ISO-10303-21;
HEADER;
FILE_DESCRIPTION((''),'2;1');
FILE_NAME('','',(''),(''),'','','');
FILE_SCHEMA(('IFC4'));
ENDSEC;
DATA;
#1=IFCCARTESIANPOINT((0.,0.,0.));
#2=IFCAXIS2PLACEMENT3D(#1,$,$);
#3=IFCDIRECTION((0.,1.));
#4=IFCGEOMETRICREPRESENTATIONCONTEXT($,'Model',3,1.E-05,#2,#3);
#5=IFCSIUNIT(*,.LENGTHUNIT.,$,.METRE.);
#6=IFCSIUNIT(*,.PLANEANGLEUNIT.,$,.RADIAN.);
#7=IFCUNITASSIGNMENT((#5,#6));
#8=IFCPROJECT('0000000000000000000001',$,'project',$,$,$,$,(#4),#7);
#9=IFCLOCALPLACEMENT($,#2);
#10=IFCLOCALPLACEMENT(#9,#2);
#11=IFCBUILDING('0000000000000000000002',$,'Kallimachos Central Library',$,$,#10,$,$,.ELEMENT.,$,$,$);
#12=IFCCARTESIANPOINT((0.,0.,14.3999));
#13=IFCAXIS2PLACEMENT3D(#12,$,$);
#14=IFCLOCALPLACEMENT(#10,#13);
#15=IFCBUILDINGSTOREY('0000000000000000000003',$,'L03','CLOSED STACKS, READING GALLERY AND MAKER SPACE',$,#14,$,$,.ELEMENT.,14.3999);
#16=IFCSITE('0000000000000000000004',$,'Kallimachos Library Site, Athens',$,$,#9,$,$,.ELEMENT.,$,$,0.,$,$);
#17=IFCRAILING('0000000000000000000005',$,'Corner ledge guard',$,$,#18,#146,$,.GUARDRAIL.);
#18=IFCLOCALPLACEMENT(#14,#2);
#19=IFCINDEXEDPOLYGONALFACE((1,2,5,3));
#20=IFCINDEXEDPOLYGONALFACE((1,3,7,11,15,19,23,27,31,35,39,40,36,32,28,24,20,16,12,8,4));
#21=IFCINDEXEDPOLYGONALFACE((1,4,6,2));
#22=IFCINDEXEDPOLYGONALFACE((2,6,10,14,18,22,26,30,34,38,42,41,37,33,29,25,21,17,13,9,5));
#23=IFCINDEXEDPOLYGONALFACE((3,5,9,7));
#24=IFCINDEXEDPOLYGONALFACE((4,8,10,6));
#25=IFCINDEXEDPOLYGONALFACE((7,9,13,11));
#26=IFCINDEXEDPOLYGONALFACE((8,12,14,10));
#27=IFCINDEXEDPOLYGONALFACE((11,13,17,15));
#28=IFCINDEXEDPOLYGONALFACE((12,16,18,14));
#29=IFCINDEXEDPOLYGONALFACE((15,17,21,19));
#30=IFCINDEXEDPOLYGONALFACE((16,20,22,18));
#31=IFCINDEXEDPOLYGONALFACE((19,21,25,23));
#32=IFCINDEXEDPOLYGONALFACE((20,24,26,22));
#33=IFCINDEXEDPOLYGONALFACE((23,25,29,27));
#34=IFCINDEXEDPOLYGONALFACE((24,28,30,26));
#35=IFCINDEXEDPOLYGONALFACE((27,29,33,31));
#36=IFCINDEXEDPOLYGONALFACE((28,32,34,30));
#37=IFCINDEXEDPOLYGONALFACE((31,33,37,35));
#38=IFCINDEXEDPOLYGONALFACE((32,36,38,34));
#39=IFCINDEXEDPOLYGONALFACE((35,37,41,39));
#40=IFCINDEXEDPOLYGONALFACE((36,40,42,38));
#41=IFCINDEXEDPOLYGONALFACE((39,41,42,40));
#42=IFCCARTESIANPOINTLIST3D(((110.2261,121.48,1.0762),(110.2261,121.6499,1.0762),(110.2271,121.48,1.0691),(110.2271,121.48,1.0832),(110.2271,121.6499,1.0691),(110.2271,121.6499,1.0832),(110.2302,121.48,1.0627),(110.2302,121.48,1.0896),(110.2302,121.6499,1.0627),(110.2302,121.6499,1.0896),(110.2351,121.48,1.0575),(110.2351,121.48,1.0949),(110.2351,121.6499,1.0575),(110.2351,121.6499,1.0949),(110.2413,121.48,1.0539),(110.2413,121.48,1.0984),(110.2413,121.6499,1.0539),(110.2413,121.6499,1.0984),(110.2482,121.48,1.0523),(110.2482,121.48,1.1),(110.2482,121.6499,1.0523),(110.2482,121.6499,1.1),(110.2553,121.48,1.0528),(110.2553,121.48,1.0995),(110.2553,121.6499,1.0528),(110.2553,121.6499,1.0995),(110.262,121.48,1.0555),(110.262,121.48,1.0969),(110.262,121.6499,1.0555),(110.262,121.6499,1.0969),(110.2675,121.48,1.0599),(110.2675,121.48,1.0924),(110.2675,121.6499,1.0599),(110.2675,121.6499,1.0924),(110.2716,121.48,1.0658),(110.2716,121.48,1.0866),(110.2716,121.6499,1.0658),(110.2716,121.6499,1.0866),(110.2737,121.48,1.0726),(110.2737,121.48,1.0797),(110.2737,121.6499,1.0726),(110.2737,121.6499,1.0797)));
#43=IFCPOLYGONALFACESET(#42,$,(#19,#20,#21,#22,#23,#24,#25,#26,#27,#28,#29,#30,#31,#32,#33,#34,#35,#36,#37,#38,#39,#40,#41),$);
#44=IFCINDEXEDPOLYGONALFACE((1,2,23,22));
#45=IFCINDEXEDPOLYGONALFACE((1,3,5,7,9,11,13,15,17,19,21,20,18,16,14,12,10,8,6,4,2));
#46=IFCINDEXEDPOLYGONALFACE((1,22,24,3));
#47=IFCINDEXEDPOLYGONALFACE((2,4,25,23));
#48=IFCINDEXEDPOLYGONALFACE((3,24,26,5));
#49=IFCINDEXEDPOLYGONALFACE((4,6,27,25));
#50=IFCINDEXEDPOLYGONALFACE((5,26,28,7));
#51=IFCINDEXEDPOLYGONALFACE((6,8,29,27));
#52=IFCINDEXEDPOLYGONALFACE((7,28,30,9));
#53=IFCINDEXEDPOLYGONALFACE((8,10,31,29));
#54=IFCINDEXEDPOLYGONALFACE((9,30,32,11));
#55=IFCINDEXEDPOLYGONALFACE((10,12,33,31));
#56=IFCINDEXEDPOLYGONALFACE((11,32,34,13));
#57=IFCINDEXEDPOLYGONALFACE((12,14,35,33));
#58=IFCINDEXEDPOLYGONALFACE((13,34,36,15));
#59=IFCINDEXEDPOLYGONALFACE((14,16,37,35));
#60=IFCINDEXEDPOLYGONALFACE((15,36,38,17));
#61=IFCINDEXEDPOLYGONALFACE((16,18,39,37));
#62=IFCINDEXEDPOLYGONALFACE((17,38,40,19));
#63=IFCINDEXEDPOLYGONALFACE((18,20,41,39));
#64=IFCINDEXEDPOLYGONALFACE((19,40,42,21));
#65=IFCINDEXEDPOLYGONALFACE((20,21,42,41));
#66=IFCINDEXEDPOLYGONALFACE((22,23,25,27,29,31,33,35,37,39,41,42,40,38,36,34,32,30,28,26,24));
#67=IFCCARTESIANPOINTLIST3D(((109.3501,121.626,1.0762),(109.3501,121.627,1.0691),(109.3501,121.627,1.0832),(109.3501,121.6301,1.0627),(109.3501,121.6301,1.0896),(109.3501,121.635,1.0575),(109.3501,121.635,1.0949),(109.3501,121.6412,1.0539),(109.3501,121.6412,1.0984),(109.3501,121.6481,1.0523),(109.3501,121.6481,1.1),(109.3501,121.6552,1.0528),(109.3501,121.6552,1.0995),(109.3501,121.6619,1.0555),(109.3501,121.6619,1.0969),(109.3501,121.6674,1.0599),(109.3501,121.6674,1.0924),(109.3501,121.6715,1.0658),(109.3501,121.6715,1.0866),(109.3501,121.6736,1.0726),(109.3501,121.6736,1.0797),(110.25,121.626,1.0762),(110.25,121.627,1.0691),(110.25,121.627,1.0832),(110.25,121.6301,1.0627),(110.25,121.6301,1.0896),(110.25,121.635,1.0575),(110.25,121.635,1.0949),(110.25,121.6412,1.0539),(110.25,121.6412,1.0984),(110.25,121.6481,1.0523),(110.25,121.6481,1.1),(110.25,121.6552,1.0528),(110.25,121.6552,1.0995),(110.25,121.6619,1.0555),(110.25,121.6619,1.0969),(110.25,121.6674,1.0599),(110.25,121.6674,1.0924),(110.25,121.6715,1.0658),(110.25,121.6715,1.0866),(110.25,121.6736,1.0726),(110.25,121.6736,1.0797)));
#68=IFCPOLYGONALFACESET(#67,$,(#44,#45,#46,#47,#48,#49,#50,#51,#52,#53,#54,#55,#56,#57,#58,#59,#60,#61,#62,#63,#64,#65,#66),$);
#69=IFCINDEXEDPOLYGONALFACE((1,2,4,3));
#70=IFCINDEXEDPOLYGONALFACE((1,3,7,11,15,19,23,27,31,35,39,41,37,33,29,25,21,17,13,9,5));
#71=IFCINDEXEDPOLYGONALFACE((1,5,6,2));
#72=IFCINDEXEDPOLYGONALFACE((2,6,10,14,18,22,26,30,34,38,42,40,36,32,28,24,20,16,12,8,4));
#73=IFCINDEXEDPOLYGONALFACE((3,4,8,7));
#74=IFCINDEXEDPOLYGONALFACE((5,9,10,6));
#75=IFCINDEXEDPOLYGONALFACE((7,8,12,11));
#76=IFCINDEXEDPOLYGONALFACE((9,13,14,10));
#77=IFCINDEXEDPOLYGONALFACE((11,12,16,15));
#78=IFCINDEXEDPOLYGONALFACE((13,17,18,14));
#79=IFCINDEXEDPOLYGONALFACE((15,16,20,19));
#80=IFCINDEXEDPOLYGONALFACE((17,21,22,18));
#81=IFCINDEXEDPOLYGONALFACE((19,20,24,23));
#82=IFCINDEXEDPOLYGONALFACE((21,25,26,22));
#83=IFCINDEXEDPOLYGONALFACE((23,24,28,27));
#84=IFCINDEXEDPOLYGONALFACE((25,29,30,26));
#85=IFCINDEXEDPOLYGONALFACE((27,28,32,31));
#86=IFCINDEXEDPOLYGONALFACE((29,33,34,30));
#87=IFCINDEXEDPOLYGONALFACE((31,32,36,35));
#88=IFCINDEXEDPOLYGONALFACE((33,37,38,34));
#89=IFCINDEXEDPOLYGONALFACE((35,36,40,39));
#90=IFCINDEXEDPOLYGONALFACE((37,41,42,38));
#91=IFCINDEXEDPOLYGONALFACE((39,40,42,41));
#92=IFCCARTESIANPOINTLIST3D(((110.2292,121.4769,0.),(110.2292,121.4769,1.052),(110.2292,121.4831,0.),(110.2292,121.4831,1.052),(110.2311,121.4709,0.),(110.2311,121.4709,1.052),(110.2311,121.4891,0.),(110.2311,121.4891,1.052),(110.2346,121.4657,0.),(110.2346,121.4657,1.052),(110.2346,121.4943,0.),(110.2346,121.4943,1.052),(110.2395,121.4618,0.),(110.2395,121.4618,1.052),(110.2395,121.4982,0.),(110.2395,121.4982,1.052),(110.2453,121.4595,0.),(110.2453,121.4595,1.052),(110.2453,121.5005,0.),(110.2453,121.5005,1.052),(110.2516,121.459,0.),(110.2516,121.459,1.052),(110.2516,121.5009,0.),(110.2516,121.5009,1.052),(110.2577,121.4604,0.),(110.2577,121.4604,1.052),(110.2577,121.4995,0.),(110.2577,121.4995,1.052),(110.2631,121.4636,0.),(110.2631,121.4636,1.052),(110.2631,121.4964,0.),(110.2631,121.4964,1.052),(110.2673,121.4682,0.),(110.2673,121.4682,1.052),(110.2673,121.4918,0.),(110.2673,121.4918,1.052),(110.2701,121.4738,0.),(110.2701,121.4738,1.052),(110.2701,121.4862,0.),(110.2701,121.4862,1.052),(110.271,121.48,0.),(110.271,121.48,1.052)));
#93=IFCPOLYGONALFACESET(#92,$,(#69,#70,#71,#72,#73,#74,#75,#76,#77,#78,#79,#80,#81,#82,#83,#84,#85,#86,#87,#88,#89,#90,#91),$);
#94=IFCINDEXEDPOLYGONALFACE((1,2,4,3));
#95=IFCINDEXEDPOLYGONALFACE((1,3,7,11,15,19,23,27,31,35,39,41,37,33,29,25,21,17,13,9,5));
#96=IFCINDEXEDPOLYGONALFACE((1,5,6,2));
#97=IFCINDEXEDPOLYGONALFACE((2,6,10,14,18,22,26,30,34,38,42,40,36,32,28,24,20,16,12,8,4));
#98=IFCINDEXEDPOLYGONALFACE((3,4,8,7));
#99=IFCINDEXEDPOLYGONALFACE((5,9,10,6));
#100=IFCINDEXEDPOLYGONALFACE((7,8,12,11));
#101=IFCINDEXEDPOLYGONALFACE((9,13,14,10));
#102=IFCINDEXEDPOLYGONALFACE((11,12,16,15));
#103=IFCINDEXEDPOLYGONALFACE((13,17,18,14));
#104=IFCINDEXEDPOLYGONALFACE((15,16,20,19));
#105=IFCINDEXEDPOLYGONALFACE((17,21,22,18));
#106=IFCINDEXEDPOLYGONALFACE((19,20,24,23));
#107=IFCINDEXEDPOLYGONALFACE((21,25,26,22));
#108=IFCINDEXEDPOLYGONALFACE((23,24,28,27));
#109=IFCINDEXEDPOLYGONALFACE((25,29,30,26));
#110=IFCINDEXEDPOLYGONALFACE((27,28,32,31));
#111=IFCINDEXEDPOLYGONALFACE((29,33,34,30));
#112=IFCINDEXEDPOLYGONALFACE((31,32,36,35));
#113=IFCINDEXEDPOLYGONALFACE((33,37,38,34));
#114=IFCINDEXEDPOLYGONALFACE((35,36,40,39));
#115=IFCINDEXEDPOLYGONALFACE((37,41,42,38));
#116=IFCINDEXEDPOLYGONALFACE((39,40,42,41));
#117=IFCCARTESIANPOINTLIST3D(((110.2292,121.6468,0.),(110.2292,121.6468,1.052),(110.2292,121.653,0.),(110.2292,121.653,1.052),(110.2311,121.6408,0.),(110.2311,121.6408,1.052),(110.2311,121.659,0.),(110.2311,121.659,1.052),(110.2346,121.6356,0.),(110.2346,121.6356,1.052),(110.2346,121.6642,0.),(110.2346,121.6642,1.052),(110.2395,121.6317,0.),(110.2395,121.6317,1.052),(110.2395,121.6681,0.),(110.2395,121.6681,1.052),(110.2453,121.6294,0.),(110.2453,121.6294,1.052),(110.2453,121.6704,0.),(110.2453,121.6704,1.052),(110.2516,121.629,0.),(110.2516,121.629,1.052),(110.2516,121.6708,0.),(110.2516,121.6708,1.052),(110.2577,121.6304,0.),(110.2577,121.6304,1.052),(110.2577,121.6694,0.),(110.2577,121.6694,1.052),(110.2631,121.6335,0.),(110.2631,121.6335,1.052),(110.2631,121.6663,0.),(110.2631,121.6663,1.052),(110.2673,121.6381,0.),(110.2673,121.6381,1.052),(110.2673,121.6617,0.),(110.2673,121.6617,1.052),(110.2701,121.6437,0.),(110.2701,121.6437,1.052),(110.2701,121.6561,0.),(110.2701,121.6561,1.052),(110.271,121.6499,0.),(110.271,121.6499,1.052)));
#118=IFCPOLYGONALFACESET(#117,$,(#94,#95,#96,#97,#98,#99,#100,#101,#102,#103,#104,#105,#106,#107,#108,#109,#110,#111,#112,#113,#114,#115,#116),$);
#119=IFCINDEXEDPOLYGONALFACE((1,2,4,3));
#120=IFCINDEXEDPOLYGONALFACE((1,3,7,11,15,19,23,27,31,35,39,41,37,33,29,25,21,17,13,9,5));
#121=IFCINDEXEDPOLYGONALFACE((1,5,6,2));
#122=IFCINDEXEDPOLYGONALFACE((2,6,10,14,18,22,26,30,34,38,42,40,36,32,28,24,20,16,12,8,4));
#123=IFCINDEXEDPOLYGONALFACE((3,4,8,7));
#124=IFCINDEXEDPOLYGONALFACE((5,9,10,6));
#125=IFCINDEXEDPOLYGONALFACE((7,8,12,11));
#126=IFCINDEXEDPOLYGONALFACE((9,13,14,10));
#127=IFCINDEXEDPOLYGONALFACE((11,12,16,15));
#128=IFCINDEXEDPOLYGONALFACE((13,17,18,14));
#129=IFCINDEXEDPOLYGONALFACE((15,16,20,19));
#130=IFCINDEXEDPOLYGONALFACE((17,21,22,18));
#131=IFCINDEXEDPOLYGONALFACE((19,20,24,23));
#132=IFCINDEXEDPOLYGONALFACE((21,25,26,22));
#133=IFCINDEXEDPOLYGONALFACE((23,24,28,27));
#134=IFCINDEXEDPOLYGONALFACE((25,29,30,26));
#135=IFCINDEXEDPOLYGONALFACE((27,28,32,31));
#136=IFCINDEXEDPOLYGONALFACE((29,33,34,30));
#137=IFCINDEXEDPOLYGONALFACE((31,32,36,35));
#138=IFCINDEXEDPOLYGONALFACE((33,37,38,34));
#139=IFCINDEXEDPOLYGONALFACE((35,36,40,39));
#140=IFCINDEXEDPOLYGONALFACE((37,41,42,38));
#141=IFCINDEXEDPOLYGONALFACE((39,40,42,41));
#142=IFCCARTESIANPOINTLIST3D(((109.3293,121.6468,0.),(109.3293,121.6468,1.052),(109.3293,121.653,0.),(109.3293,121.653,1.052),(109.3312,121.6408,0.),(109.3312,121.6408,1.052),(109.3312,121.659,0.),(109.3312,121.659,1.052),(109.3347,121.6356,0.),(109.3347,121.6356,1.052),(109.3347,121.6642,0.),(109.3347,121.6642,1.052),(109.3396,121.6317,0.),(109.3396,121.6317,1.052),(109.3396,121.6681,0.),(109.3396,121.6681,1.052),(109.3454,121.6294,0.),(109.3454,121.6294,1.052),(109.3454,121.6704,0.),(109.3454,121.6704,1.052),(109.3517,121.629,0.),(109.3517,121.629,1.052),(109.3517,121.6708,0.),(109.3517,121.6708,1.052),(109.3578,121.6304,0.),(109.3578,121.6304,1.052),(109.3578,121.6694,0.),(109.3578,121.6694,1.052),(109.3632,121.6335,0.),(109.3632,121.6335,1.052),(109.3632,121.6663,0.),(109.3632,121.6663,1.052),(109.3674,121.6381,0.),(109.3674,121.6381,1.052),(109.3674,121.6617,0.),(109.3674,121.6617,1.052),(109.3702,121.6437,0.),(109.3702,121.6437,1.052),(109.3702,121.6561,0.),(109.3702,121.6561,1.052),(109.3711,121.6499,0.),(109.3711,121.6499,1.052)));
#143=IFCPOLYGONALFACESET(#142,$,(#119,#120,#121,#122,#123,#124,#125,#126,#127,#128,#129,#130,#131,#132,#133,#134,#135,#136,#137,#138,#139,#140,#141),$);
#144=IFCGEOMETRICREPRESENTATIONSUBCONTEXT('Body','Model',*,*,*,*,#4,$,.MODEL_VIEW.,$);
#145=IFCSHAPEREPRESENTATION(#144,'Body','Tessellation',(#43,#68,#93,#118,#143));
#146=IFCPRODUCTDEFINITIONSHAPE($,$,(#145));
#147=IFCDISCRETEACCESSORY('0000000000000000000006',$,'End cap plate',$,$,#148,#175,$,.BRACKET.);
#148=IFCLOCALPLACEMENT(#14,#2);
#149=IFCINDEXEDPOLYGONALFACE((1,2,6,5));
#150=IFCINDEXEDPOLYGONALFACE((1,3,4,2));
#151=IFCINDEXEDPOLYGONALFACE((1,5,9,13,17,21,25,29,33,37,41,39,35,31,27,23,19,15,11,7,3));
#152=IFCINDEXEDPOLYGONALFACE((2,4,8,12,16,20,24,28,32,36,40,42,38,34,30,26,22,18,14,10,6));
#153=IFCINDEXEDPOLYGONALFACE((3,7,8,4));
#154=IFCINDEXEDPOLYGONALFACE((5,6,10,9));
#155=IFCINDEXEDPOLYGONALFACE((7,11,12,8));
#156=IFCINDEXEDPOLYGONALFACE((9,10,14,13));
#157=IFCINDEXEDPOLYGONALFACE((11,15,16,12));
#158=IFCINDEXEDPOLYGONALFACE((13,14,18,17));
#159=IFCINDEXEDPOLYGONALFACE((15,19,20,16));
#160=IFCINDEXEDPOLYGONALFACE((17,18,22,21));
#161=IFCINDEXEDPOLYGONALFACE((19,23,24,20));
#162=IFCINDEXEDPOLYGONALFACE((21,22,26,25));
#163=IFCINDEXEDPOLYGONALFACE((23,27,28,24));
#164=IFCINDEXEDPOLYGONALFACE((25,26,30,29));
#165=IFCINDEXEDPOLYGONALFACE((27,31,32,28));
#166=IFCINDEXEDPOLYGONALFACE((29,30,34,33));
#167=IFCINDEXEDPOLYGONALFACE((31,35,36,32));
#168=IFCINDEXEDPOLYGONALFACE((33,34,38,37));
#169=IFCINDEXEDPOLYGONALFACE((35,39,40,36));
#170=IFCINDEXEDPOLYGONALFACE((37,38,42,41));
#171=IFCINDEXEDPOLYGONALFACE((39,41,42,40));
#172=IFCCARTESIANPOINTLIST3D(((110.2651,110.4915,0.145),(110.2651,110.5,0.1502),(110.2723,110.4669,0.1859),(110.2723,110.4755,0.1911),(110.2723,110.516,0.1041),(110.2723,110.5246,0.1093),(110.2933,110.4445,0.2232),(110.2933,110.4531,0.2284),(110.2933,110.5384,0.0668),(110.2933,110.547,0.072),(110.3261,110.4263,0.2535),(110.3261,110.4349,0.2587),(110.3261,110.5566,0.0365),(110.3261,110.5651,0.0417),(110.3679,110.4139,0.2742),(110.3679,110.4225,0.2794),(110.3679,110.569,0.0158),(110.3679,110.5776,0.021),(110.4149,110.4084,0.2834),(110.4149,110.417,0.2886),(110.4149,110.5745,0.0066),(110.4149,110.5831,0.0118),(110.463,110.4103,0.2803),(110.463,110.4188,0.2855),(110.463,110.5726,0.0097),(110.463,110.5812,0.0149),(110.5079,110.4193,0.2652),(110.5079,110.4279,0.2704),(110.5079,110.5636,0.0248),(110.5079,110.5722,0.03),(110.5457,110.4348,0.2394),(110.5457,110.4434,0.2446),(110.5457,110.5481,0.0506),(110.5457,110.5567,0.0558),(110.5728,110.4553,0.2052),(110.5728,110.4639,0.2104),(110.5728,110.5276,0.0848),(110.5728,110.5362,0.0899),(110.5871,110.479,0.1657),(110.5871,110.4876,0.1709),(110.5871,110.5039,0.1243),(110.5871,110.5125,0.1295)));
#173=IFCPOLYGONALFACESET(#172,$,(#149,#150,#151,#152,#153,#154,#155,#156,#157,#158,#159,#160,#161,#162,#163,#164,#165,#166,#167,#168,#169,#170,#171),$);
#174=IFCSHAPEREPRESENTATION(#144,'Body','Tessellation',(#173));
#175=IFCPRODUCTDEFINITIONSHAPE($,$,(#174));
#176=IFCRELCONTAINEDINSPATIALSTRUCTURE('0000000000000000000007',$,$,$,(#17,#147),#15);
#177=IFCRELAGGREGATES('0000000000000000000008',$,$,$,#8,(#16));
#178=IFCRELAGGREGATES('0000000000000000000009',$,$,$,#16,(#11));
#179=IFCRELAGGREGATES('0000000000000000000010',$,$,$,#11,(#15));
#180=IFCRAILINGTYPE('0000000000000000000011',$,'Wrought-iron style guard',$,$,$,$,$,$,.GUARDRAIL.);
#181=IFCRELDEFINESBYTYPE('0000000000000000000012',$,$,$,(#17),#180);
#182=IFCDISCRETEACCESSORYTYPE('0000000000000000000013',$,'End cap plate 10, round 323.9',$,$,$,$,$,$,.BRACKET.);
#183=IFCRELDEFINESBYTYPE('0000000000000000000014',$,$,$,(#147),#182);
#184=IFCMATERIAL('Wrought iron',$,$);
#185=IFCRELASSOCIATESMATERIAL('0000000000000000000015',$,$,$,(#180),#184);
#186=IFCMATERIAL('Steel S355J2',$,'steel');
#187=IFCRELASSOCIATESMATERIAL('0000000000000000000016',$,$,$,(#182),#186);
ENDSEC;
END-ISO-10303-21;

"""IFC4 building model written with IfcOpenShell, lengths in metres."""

from ifc_helpers import new_model, si_unit, direction, frame, origin, origin_2d, place, context, subcontext, project, spatial, circle, extrude, material, material_profile, profile_set, type_object, element, save


model = new_model("IFC4")

# Units and contexts
model_context = context("Model", 3, precision=1e-05, world=origin(), true_north=direction((0.0, 1.0)))
body_context = subcontext(model_context, "Body", "Model", "MODEL_VIEW")
ifc_project = project(units=[si_unit("LENGTHUNIT", "METRE"), si_unit("PLANEANGLEUNIT", "RADIAN")], contexts=[model_context])

# Site, building, storey
site_placement = place(None, origin())
site = spatial("IfcSite", under=ifc_project, at=site_placement, Name="Kallimachos Library Site, Athens", CompositionType="ELEMENT", RefElevation=0.0)
building_placement = place(site_placement, origin())
building = spatial("IfcBuilding", under=site, at=building_placement, Name="Kallimachos Central Library", CompositionType="ELEMENT")
storey_placement = place(building_placement, frame((0.0, 0.0, 14.3999)))
storey = spatial("IfcBuildingStorey", under=building, at=storey_placement, Name="L03", Description="CLOSED STACKS, READING GALLERY AND MAKER SPACE", CompositionType="ELEMENT", Elevation=14.3999)

# Railing
ifc_material_1 = material(Name="Wrought iron")
railing_type = type_object("IfcRailingType", Name="Wrought-iron style guard", PredefinedType="GUARDRAIL", material=ifc_material_1)
railing_placement = place(storey_placement, frame((110.25, 121.48, 0.0)))
element("IfcRailing", 1, at=railing_placement, inside=storey, type_object=railing_type, Name="Corner ledge guard", PredefinedType="GUARDRAIL", context=body_context, shape_type="SweptSolid", body=[
    extrude(circle(Radius=0.0239, at=origin_2d()), frame((0.0, 0.0, 1.0762), z_axis=(0.0, 1.0, 0.0), x_axis=(-1.0, 0.0, 0.0)), (0.0, 0.0, 1.0), 0.1699),
    extrude(circle(Radius=0.0239, at=origin_2d()), frame((0.0, 0.1699, 1.0762), z_axis=(-1.0, 0.0, 0.0), x_axis=(0.0, -1.0, 0.0)), (0.0, 0.0, 1.0), 0.8999),
    extrude(circle(Radius=0.021, at=origin_2d()), origin(), (0.0, 0.0, 1.0), 1.052),
    extrude(circle(Radius=0.021, at=origin_2d()), frame((0.0, 0.1699, 0.0)), (0.0, 0.0, 1.0), 1.052),
    extrude(circle(Radius=0.021, at=origin_2d()), frame((-0.8999, 0.1699, 0.0)), (0.0, 0.0, 1.0), 1.052),
])

# Discrete accessory
ifc_material_2 = material(Name="Steel S355J2", Category="steel")
ifc_material_profile_1 = material_profile(ifc_material_2, circle(Radius=0.1619, at=origin_2d()), Name="End cap plate 10, round 323.9")
ifc_profile_set_1 = profile_set([ifc_material_profile_1], Name="Steel S355J2")
discrete_accessory_type = type_object("IfcDiscreteAccessoryType", Name="End cap plate 10, round 323.9", PredefinedType="BRACKET", material=ifc_profile_set_1)
discrete_accessory_placement = place(storey_placement, frame((110.427, 110.4915, 0.145), z_axis=(0.0, 0.857493, 0.514496), x_axis=(-1.0, 0.0, 0.0)))
element("IfcDiscreteAccessory", 2, at=discrete_accessory_placement, inside=storey, type_object=discrete_accessory_type, Name="End cap plate", PredefinedType="BRACKET", context=body_context, shape_type="SweptSolid", body=[
    extrude(circle(Radius=0.1619, at=origin_2d()), origin(), (0.0, 0.0, 1.0), 0.01),
])

save(model, "model.ifc")
